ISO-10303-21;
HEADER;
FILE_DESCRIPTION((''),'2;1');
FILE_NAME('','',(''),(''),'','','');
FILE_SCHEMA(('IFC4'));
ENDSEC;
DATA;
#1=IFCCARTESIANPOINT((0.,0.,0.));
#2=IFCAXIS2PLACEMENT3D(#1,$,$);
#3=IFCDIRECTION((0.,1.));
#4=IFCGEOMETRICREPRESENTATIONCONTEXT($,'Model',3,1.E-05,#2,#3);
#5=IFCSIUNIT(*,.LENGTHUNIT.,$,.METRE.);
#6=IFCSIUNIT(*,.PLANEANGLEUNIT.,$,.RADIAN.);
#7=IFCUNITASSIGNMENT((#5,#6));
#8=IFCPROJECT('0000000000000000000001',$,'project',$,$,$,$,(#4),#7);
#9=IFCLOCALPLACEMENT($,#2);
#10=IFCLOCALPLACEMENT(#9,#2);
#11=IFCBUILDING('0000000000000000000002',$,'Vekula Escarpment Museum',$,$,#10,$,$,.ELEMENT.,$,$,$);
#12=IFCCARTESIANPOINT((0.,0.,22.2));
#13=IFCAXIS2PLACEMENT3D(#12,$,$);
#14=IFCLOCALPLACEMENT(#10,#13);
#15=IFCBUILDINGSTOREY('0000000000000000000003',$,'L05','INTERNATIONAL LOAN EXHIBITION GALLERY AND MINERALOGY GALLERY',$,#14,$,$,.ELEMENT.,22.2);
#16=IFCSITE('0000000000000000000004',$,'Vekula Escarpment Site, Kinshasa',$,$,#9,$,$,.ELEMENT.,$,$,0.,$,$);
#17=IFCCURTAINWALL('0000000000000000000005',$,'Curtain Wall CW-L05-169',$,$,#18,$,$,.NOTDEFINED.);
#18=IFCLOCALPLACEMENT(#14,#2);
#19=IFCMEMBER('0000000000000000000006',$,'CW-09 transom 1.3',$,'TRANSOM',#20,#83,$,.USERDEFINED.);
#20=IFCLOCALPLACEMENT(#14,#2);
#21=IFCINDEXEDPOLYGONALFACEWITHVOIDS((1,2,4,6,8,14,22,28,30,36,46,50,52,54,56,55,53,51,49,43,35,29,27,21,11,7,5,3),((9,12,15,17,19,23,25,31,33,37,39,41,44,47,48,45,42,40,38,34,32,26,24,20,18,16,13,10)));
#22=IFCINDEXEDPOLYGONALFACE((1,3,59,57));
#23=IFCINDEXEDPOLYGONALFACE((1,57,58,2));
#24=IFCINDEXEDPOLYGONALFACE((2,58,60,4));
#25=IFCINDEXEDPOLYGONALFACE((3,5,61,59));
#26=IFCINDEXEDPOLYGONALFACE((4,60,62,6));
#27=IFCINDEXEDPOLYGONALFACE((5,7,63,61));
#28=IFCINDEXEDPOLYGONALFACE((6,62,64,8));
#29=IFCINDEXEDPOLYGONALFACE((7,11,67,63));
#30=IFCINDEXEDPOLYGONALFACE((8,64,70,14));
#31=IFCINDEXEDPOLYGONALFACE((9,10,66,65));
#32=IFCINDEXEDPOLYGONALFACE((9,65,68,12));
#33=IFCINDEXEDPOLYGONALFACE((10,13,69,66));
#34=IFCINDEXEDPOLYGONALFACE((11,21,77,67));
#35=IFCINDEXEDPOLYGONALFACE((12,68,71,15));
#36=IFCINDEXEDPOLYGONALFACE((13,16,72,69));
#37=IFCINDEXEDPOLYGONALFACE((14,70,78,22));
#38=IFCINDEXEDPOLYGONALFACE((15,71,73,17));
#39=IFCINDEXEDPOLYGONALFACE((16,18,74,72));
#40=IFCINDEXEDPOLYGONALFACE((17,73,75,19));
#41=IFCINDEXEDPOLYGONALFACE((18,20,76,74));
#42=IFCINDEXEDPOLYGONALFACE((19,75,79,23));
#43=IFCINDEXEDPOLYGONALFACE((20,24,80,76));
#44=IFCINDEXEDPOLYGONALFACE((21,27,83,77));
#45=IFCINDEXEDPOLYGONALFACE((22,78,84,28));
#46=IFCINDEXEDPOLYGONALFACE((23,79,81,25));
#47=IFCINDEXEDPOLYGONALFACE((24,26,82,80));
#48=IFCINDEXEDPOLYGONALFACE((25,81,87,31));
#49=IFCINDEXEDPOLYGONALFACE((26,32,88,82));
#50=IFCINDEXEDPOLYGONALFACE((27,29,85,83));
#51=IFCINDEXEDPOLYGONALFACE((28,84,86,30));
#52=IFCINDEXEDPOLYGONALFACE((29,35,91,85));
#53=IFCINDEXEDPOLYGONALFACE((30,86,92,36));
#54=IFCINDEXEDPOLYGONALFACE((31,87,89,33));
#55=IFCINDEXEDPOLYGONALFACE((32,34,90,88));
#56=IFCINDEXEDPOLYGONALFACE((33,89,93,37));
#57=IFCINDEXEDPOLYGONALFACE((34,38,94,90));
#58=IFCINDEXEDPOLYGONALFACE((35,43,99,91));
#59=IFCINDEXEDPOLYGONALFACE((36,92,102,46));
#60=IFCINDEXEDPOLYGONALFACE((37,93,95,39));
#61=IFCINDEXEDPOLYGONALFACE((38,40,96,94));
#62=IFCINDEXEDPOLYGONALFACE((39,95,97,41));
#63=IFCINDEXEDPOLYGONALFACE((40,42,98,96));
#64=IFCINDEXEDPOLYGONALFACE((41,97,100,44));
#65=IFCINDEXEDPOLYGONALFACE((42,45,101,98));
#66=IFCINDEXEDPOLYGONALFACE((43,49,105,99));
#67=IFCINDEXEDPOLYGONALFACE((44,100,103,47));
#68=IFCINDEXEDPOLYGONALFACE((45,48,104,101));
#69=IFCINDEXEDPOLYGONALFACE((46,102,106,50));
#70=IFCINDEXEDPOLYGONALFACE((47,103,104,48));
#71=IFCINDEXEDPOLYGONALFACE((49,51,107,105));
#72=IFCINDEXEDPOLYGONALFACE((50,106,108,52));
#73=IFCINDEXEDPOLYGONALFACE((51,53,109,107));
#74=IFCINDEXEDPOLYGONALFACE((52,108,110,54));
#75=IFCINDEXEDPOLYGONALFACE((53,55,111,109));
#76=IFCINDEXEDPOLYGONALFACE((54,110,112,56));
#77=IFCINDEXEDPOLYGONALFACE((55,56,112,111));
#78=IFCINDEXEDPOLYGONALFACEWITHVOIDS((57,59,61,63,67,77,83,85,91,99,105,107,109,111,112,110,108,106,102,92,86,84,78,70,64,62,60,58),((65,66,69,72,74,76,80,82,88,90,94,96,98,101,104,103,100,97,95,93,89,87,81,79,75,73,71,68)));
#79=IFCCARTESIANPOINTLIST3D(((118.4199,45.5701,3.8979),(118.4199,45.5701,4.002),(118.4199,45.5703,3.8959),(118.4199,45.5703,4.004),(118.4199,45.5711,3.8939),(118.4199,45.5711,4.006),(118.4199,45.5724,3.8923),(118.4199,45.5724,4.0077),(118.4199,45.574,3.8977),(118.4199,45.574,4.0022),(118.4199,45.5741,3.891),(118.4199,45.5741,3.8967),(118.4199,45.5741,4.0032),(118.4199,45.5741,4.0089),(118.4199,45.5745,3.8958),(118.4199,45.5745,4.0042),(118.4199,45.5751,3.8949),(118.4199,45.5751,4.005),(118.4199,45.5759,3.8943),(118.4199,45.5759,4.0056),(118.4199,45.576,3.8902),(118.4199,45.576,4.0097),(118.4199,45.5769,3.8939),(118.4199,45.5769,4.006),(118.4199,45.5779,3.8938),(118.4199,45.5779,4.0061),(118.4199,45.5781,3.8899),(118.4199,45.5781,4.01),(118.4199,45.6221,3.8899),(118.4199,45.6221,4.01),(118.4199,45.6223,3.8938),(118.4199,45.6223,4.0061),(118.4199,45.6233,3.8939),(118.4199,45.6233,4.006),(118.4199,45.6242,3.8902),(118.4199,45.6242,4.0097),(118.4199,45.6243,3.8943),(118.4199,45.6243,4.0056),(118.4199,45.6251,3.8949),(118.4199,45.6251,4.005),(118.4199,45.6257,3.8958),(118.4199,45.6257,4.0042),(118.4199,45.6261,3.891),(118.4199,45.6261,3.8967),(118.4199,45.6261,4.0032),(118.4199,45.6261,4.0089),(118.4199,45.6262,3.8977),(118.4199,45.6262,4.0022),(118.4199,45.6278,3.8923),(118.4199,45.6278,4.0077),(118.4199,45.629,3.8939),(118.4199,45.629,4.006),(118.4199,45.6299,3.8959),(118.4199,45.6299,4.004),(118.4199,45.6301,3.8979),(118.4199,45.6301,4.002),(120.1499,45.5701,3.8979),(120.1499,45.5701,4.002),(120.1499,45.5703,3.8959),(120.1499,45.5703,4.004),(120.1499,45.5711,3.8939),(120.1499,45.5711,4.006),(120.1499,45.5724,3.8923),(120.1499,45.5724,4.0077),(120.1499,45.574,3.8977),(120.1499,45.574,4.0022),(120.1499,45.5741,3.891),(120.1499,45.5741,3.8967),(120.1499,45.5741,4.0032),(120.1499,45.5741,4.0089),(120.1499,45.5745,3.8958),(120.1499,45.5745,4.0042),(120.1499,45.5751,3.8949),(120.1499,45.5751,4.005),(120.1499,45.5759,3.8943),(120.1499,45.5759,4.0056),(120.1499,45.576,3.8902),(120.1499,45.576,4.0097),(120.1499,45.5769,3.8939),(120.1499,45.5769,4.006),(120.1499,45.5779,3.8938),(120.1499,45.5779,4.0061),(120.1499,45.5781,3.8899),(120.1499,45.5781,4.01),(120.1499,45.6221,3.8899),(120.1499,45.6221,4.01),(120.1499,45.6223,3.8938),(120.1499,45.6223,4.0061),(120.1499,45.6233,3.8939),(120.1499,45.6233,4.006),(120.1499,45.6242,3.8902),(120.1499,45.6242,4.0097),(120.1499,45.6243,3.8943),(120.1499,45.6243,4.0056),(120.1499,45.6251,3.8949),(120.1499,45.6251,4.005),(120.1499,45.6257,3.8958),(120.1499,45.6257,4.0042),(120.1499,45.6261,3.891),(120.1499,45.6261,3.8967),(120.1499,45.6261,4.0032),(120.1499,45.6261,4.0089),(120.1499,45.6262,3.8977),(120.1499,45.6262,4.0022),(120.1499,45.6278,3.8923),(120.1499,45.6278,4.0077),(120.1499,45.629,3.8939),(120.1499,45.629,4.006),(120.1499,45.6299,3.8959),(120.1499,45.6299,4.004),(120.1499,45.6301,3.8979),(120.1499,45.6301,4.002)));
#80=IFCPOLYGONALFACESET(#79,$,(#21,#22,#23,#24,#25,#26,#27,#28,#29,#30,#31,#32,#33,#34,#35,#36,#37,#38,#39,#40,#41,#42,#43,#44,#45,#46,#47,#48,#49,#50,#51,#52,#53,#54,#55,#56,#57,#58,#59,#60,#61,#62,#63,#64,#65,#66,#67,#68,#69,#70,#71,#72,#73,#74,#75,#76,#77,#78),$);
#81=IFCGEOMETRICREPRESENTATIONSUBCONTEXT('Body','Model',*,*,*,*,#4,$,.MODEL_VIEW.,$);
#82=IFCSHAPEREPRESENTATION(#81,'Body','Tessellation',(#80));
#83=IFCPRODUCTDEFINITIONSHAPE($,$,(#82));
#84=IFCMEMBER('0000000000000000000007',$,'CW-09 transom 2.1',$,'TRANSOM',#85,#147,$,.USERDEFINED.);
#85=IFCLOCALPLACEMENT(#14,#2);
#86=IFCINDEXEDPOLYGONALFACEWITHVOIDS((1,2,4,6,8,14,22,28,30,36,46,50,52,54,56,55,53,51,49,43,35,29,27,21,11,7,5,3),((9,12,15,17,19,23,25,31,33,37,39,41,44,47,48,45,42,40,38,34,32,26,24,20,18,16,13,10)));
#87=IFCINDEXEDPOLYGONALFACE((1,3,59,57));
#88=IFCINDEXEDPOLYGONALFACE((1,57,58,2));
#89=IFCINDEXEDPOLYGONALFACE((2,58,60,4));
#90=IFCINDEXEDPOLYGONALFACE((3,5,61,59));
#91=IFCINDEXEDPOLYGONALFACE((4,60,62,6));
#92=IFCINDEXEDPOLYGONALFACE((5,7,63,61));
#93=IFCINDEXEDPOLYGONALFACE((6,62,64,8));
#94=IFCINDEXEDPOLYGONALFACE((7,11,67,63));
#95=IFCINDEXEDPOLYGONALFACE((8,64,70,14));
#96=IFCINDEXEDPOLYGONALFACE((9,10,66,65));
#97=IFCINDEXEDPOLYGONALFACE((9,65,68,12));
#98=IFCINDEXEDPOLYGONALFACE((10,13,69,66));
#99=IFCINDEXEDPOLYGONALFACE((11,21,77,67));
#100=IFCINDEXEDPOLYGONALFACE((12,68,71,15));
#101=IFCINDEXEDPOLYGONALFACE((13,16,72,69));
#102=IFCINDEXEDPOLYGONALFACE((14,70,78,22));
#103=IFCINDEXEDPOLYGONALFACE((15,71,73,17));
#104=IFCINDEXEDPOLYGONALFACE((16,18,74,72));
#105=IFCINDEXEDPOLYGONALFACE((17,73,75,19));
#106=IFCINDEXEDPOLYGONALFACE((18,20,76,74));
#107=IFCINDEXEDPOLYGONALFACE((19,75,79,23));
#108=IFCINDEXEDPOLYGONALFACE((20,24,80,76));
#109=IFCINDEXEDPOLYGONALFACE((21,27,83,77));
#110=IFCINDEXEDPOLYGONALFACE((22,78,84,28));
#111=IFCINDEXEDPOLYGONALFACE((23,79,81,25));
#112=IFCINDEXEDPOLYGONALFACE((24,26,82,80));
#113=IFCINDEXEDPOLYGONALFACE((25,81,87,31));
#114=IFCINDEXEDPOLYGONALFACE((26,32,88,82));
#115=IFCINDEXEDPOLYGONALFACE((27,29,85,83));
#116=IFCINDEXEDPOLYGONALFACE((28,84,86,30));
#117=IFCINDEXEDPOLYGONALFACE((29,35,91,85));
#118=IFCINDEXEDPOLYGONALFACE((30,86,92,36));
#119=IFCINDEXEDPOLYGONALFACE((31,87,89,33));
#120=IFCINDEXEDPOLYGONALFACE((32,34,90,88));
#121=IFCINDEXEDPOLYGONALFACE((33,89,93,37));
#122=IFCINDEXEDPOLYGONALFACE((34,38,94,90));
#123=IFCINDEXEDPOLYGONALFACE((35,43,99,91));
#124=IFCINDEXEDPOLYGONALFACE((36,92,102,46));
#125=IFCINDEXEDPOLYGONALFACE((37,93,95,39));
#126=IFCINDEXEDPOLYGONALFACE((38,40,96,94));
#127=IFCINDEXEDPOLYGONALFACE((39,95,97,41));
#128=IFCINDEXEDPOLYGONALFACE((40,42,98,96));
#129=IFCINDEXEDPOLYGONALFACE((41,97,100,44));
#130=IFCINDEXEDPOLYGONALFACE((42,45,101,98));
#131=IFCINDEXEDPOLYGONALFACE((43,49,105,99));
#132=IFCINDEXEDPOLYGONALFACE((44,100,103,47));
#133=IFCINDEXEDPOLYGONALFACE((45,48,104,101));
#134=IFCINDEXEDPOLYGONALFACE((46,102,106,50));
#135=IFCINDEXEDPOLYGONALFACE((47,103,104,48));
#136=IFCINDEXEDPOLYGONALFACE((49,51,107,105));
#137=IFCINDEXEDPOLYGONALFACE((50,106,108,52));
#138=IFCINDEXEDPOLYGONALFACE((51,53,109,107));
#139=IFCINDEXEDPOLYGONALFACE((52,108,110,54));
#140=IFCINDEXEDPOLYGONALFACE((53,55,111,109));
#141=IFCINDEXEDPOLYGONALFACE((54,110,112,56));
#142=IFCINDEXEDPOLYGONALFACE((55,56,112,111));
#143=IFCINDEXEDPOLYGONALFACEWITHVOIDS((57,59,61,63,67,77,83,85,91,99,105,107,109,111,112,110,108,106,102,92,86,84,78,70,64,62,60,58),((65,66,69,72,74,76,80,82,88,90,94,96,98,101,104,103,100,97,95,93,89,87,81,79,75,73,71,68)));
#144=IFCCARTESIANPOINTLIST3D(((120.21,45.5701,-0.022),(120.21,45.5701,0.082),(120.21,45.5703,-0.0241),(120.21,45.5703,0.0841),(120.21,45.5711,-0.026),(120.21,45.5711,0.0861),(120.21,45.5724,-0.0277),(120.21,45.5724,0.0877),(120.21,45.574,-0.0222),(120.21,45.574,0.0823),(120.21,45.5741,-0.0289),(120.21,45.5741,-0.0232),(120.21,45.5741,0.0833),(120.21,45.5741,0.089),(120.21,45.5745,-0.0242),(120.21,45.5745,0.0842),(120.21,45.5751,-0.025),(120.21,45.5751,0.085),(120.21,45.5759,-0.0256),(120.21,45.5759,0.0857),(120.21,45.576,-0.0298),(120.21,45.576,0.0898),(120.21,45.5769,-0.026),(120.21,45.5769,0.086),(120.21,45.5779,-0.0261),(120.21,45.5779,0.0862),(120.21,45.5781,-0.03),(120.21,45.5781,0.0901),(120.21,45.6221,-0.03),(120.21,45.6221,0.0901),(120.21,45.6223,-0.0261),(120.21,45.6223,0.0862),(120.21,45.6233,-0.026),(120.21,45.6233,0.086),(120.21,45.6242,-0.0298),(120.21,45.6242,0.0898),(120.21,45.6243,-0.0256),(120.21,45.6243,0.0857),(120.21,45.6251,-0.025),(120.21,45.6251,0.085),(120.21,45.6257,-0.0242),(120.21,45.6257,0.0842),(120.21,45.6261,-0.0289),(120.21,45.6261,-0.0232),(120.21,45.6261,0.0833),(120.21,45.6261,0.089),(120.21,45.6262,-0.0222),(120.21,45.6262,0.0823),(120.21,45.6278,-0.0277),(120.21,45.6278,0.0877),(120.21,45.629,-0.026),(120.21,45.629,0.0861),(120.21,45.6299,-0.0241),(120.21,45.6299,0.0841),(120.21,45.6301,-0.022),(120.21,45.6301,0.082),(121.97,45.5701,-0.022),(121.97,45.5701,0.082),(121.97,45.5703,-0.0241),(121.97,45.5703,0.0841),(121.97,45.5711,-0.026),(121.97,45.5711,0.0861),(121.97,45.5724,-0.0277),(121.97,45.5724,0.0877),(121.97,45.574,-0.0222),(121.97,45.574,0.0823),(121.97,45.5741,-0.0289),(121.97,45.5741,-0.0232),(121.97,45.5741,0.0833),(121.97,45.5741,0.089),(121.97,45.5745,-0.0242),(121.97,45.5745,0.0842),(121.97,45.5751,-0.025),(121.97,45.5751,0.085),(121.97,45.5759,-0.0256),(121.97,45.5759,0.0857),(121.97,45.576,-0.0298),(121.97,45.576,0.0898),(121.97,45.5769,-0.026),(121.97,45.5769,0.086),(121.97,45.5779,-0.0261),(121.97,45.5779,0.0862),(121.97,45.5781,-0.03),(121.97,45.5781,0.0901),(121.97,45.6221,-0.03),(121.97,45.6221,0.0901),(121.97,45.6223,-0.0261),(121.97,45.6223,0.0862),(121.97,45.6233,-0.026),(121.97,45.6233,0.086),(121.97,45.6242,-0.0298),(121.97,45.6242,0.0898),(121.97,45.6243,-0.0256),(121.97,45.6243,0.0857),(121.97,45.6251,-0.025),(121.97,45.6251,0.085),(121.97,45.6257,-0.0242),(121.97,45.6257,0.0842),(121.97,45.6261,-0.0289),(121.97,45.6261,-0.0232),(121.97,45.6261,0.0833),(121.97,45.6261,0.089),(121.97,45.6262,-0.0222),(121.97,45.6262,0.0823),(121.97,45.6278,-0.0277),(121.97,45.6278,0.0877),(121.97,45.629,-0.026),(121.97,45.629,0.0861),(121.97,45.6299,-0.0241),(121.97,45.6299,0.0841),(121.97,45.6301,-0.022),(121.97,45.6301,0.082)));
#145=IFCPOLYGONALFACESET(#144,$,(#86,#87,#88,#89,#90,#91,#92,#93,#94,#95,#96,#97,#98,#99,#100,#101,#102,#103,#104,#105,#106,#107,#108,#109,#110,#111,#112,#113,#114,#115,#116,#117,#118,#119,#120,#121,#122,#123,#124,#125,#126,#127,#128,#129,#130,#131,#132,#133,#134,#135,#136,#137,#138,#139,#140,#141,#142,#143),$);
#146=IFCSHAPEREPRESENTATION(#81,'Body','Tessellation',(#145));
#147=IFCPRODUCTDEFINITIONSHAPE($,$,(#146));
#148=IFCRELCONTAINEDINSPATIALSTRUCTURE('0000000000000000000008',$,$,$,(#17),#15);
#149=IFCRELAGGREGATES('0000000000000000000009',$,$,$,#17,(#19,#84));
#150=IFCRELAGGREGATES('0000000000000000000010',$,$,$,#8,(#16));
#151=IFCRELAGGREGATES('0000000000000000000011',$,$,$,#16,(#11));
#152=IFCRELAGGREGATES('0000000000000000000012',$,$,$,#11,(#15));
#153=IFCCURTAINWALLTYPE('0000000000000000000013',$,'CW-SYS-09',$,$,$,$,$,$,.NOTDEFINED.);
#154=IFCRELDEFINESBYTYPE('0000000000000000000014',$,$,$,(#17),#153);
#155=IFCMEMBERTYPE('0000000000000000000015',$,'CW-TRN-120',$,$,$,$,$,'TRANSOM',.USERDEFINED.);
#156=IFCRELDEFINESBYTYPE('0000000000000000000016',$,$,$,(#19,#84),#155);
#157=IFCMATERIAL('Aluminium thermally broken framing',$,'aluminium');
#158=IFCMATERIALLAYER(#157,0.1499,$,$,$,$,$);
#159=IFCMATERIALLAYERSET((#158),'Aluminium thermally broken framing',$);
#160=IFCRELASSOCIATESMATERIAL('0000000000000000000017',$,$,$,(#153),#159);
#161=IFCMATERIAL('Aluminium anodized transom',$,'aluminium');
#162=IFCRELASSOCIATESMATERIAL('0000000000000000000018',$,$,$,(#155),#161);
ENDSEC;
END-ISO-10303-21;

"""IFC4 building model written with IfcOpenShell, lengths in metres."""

from ifc_helpers import new_model, si_unit, direction, frame, origin, origin_2d, place, context, subcontext, project, spatial, hollow_rectangle, extrude, material, layer, layer_set, material_profile, profile_set, type_object, element, aggregate, save


model = new_model("IFC4")

# Units and contexts
model_context = context("Model", 3, precision=1e-05, world=origin(), true_north=direction((0.0, 1.0)))
body_context = subcontext(model_context, "Body", "Model", "MODEL_VIEW")
ifc_project = project(units=[si_unit("LENGTHUNIT", "METRE"), si_unit("PLANEANGLEUNIT", "RADIAN")], contexts=[model_context])

# Site, building, storey
site_placement = place(None, origin())
site = spatial("IfcSite", under=ifc_project, at=site_placement, Name="Vekula Escarpment Site, Kinshasa", CompositionType="ELEMENT", RefElevation=0.0)
building_placement = place(site_placement, origin())
building = spatial("IfcBuilding", under=site, at=building_placement, Name="Vekula Escarpment Museum", CompositionType="ELEMENT")
storey_placement = place(building_placement, frame((0.0, 0.0, 22.2)))
storey = spatial("IfcBuildingStorey", under=building, at=storey_placement, Name="L05", Description="INTERNATIONAL LOAN EXHIBITION GALLERY AND MINERALOGY GALLERY", CompositionType="ELEMENT", Elevation=22.2)

# Curtain wall, members
ifc_material_1 = material(Name="Aluminium thermally broken framing", Category="aluminium")
ifc_layer_1 = layer(ifc_material_1, 0.1499)
ifc_layer_set_1 = layer_set([ifc_layer_1], Name="Aluminium thermally broken framing")
curtain_wall_type = type_object("IfcCurtainWallType", Name="CW-SYS-09", PredefinedType="NOTDEFINED", material=ifc_layer_set_1)
curtain_wall_placement = place(storey_placement, origin())
curtain_wall = element("IfcCurtainWall", 1, at=curtain_wall_placement, inside=storey, type_object=curtain_wall_type, Name="Curtain Wall CW-L05-169", PredefinedType="NOTDEFINED")
ifc_material_2 = material(Name="Aluminium anodized transom", Category="aluminium")
ifc_material_profile_1 = material_profile(ifc_material_2, hollow_rectangle(XDim=0.0601, YDim=0.1201, WallThickness=0.0039, InnerFilletRadius=0.0039, OuterFilletRadius=0.0081, at=origin_2d()), Name="ALU 120x60x4")
ifc_profile_set_1 = profile_set([ifc_material_profile_1], Name="Aluminium anodized transom")
member_type_1 = type_object("IfcMemberType", Name="CW-TRN-120", ElementType="TRANSOM", PredefinedType="USERDEFINED", material=ifc_profile_set_1)
member_1_placement = place(storey_placement, frame((118.4199, 45.6001, 3.95), z_axis=(1.0, 0.0, 0.0), x_axis=(0.0, 1.0, 0.0)))
member_1 = element("IfcMember", 2, at=member_1_placement, type_object=member_type_1, Name="CW-09 transom 1.3", ObjectType="TRANSOM", PredefinedType="USERDEFINED", context=body_context, shape_type="SweptSolid", body=[
    extrude(hollow_rectangle(XDim=0.0601, YDim=0.1201, WallThickness=0.0039, InnerFilletRadius=0.0039, OuterFilletRadius=0.0081, at=origin_2d()), origin(), (0.0, 0.0, 1.0), 1.73),
])
member_2_placement = place(storey_placement, frame((120.21, 45.6001, 0.03), z_axis=(1.0, 0.0, 0.0), x_axis=(0.0, 1.0, 0.0)))
member_2 = element("IfcMember", 3, at=member_2_placement, type_object=member_type_1, Name="CW-09 transom 2.1", ObjectType="TRANSOM", PredefinedType="USERDEFINED", context=body_context, shape_type="SweptSolid", body=[
    extrude(hollow_rectangle(XDim=0.0601, YDim=0.1201, WallThickness=0.0039, InnerFilletRadius=0.0039, OuterFilletRadius=0.0081, at=origin_2d()), origin(), (0.0, 0.0, 1.0), 1.76),
])

aggregate(curtain_wall, [member_1, member_2])

save(model, "model.ifc")
